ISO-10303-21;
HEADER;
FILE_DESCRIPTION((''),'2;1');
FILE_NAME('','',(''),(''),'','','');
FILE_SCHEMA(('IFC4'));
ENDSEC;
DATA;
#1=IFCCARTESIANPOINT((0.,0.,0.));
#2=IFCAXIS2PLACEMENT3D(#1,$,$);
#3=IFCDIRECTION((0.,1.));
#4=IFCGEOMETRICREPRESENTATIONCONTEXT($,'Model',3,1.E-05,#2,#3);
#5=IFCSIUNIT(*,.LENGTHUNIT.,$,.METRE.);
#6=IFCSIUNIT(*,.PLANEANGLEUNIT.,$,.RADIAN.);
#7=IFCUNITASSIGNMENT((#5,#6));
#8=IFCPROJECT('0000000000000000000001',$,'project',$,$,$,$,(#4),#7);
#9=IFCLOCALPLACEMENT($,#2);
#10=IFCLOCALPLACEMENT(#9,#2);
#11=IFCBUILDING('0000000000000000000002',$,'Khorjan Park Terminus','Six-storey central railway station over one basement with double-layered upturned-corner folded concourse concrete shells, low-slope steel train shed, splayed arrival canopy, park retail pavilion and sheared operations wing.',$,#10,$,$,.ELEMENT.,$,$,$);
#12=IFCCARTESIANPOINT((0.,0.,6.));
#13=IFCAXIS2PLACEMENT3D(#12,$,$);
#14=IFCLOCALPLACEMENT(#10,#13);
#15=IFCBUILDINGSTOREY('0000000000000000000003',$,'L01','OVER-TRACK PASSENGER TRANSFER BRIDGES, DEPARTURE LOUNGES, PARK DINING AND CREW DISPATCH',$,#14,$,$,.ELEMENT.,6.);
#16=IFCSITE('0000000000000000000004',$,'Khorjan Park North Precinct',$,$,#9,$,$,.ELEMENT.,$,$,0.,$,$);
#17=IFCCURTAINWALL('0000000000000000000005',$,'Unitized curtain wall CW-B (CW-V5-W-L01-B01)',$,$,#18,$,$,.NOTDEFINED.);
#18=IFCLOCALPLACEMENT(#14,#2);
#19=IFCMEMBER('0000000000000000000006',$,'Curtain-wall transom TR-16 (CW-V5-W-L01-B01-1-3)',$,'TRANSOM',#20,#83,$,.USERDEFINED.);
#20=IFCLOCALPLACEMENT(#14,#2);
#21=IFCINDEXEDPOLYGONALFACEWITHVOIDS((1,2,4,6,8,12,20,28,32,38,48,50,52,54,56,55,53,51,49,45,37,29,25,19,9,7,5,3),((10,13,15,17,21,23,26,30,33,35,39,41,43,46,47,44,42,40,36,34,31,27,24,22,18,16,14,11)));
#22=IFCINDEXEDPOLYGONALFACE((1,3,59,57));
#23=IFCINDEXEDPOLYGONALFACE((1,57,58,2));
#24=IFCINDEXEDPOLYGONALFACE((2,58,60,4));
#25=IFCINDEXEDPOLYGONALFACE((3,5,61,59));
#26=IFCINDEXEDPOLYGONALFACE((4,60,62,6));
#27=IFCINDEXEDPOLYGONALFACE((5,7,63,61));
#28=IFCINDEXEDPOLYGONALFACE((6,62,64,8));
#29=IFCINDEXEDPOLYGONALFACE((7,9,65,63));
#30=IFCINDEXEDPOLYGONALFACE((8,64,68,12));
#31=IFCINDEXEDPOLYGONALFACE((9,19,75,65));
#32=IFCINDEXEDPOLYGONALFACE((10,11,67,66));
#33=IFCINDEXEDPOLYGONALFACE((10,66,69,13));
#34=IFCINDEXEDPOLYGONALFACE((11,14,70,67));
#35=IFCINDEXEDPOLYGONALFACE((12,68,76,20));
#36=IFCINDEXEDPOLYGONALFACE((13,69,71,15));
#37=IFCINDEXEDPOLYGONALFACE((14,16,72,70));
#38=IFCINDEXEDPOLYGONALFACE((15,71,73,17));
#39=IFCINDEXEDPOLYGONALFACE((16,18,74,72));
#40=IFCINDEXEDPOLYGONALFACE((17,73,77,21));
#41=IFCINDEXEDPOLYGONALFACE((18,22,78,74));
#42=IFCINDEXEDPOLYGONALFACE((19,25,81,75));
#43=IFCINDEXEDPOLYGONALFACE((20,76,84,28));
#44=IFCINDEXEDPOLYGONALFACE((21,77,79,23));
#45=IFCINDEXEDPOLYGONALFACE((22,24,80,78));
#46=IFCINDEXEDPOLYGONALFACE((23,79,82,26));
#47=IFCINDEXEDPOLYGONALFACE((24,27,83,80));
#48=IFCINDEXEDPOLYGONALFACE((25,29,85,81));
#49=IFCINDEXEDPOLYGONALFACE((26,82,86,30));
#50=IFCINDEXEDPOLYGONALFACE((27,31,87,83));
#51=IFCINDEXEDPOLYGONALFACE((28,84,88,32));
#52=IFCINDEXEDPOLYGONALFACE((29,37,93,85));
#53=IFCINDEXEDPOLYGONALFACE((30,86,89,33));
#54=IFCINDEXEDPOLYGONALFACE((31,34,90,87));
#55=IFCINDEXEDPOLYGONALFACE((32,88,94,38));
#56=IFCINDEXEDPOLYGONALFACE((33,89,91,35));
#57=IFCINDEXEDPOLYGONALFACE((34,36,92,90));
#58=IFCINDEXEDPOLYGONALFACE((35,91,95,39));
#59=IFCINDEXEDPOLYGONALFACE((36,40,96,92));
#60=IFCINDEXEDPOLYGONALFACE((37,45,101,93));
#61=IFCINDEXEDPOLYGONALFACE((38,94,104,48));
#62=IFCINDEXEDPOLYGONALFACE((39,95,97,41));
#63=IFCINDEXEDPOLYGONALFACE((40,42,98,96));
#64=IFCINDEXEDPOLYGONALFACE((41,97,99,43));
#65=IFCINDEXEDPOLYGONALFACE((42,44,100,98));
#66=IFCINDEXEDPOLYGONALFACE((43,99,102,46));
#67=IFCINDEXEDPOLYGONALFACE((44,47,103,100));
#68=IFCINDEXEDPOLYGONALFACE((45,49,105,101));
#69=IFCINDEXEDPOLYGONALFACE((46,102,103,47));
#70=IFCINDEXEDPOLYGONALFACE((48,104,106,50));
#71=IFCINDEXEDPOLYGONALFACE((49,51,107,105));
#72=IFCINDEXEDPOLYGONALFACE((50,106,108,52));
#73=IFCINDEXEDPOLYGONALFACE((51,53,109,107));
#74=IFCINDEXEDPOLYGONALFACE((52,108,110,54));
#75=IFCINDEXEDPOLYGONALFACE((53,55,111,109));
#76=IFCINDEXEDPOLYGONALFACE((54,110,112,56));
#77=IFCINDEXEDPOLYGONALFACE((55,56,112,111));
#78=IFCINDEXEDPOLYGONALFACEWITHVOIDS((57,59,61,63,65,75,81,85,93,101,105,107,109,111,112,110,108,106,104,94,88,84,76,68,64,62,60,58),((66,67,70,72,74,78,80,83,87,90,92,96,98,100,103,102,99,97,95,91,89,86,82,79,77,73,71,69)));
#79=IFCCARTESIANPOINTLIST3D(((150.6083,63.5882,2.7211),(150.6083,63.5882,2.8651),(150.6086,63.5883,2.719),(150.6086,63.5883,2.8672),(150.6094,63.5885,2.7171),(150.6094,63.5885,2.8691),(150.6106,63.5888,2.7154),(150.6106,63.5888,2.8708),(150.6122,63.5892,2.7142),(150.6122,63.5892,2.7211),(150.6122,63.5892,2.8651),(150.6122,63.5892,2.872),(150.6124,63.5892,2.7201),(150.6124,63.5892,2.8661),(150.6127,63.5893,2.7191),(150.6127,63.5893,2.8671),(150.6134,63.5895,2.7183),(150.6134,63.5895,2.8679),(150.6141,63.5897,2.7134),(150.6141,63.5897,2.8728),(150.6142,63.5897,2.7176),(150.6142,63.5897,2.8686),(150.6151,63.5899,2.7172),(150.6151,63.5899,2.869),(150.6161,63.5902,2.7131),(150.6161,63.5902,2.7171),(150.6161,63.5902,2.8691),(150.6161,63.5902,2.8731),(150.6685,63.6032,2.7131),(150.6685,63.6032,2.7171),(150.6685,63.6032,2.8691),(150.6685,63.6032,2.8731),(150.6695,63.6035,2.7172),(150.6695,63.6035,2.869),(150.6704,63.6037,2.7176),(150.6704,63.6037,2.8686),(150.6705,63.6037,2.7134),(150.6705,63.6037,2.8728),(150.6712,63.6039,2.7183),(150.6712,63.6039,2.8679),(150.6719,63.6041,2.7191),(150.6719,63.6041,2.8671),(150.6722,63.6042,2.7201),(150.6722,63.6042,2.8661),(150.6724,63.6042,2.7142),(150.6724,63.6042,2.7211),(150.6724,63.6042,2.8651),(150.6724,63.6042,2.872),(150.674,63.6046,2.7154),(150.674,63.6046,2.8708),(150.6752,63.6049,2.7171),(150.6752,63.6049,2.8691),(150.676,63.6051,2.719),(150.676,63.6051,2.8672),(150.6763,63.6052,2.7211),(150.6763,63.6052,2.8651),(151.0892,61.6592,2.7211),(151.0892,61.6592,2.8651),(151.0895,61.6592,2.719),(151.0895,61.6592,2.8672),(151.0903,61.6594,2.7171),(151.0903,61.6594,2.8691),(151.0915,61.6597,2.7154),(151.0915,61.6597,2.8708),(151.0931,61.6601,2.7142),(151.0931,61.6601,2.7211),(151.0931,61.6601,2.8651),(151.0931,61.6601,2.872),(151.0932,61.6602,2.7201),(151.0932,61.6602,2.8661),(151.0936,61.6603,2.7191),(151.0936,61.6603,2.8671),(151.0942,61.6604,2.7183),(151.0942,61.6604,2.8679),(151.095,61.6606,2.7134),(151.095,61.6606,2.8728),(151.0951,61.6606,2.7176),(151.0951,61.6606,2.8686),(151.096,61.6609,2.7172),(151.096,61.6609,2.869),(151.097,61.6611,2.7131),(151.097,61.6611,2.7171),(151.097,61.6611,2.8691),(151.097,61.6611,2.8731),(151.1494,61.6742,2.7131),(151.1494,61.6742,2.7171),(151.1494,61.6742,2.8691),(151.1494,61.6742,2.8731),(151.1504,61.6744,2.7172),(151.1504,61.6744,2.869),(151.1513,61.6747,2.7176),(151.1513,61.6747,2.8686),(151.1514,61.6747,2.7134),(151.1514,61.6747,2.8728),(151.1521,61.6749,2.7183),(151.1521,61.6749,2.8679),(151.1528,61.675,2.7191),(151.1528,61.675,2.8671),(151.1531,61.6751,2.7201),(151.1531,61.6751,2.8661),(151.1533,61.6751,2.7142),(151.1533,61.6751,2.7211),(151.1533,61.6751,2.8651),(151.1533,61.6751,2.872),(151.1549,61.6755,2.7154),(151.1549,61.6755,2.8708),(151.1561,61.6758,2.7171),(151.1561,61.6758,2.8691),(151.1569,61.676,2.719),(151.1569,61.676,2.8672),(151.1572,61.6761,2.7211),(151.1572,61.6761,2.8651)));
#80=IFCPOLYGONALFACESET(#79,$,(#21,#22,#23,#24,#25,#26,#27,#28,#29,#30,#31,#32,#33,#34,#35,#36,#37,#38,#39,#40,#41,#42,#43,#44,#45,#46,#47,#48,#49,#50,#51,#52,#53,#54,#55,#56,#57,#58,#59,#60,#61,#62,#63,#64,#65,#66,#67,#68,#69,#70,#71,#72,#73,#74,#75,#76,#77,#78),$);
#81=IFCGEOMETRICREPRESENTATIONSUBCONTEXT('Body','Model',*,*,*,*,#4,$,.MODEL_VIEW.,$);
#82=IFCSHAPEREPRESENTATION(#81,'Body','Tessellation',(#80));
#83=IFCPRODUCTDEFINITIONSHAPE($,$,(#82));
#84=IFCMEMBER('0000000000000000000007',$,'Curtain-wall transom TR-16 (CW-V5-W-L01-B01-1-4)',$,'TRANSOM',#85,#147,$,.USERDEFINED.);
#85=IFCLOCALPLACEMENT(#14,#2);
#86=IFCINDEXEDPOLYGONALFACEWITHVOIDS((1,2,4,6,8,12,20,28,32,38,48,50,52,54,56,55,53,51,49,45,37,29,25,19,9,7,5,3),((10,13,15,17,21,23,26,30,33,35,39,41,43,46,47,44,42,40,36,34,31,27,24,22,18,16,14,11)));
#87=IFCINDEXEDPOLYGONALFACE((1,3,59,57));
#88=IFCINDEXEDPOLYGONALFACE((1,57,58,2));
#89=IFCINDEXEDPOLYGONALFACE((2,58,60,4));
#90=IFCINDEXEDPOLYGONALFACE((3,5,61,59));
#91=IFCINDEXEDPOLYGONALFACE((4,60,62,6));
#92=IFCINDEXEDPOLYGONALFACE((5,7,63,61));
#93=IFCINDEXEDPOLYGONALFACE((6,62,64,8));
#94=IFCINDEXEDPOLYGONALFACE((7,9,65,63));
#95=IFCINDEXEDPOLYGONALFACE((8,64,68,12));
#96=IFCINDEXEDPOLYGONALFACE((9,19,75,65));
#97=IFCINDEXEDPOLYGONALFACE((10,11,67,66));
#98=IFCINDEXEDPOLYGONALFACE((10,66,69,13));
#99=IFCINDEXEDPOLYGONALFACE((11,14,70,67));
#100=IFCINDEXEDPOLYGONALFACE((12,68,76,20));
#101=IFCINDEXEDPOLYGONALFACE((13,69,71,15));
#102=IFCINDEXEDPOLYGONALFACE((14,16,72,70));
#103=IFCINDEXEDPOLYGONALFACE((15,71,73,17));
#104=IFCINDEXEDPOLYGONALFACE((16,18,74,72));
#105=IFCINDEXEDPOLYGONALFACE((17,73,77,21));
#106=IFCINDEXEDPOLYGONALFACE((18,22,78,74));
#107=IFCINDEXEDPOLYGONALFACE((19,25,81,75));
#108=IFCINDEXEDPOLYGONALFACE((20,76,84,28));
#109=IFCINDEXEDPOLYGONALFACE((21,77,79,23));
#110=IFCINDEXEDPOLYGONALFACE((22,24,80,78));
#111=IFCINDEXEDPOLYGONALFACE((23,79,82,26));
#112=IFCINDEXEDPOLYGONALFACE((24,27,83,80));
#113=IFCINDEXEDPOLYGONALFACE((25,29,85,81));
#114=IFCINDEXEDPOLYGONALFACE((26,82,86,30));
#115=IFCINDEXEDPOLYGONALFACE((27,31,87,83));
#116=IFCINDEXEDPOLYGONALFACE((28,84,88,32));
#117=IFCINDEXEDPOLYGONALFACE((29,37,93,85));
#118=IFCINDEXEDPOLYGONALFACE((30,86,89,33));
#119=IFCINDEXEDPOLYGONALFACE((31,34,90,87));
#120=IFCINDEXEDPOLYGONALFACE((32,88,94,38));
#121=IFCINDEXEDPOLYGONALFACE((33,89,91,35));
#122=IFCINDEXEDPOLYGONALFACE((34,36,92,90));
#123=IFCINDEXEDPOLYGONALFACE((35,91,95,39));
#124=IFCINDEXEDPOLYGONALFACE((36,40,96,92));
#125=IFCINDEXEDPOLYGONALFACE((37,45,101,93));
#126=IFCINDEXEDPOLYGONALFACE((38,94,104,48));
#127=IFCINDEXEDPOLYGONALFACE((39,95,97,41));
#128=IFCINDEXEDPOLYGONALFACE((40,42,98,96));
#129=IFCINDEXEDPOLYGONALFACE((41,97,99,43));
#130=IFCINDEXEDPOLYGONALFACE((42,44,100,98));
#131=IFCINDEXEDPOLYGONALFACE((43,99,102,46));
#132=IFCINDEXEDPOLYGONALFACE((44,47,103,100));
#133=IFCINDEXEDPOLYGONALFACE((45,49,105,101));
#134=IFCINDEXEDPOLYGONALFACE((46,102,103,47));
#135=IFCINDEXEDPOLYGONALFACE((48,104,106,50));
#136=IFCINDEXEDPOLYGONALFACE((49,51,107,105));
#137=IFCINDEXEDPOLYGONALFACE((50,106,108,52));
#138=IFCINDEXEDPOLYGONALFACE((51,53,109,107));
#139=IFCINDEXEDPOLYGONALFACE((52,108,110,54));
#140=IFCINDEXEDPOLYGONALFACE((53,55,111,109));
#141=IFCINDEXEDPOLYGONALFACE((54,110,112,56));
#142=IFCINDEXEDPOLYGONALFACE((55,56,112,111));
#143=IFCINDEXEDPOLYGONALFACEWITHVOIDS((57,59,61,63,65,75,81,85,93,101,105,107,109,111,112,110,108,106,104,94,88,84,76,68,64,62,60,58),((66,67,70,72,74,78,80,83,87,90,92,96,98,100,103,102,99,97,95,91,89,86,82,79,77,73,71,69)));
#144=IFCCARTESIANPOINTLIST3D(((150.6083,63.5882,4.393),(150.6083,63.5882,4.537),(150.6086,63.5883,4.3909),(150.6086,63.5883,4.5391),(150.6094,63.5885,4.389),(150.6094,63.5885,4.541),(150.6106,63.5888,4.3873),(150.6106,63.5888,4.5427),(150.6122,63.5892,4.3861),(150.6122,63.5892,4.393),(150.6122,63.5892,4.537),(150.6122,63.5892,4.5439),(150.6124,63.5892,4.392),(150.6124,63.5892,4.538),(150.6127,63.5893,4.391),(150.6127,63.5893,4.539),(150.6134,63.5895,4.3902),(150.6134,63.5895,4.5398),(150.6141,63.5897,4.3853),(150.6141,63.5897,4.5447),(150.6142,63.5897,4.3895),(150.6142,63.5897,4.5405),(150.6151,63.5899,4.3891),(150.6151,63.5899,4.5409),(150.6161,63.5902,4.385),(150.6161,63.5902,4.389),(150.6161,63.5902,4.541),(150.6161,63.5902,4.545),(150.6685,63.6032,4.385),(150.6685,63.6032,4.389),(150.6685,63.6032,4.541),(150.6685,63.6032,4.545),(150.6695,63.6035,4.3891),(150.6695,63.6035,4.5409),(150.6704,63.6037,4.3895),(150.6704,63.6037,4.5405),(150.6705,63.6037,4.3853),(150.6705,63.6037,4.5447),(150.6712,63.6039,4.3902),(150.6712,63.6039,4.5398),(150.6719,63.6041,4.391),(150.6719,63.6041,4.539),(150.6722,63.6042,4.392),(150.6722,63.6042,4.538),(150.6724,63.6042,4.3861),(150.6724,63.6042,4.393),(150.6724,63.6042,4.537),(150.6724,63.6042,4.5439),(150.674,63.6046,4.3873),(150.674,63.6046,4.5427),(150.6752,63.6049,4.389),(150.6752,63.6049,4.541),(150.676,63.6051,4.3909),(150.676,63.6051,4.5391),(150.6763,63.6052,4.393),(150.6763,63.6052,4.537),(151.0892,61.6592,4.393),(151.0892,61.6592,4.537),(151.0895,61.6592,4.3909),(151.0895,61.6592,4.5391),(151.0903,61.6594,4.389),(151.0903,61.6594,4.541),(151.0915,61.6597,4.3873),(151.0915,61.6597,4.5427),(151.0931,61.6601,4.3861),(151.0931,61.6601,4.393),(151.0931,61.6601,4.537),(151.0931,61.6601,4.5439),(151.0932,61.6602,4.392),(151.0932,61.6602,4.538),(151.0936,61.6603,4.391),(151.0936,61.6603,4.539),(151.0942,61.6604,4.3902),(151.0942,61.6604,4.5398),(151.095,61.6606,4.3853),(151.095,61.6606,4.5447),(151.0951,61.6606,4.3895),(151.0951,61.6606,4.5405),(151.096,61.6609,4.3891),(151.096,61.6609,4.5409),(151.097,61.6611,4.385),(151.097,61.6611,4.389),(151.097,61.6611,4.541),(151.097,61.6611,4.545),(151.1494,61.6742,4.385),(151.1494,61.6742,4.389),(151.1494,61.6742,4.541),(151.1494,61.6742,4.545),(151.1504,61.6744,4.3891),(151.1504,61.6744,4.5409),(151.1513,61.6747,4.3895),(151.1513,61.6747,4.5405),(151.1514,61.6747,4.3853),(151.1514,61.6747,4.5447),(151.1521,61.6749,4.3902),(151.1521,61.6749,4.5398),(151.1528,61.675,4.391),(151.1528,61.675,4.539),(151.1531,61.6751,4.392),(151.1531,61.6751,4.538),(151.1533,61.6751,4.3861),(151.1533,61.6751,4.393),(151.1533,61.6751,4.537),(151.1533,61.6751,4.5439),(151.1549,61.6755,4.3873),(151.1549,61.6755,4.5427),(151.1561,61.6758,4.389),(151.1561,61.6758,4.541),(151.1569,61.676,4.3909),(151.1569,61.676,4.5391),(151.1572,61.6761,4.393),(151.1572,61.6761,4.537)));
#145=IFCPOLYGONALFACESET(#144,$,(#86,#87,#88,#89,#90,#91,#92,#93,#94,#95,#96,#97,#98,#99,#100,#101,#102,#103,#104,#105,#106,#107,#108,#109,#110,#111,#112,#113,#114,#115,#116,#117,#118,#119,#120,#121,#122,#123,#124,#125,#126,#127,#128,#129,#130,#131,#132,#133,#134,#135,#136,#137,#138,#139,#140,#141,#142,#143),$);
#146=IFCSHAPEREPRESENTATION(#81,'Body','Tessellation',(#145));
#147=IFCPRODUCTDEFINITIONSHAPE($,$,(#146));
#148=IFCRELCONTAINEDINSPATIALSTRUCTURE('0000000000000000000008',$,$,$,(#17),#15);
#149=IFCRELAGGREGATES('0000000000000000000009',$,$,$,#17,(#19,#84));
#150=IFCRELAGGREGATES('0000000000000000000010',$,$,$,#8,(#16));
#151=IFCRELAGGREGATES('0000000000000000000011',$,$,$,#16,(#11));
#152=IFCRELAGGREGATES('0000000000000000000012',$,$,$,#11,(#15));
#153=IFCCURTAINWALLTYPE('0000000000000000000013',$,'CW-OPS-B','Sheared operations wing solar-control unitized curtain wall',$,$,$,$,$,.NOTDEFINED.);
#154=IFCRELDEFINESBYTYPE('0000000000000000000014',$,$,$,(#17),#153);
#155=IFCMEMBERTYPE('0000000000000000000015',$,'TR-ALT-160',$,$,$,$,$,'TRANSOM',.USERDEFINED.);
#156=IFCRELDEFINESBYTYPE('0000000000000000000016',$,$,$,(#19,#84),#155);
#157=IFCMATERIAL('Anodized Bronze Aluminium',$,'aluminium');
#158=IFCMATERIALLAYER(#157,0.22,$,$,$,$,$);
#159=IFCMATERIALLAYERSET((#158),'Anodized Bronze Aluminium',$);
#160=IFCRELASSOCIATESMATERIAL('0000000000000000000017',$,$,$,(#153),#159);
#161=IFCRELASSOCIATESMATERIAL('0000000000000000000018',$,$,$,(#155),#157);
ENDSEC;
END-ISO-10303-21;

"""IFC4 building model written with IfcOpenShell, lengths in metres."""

from ifc_helpers import new_model, si_unit, direction, frame, origin, origin_2d, place, context, subcontext, project, spatial, hollow_rectangle, extrude, material, layer, layer_set, material_profile, profile_set, type_object, element, aggregate, save


model = new_model("IFC4")

# Units and contexts
model_context = context("Model", 3, precision=1e-05, world=origin(), true_north=direction((0.0, 1.0)))
body_context = subcontext(model_context, "Body", "Model", "MODEL_VIEW")
ifc_project = project(units=[si_unit("LENGTHUNIT", "METRE"), si_unit("PLANEANGLEUNIT", "RADIAN")], contexts=[model_context])

# Site, building, storey
site_placement = place(None, origin())
site = spatial("IfcSite", under=ifc_project, at=site_placement, Name="Khorjan Park North Precinct", CompositionType="ELEMENT", RefElevation=0.0)
building_placement = place(site_placement, origin())
building = spatial("IfcBuilding", under=site, at=building_placement, Name="Khorjan Park Terminus", Description="Six-storey central railway station over one basement with double-layered upturned-corner folded concourse concrete shells, low-slope steel train shed, splayed arrival canopy, park retail pavilion and sheared operations wing.", CompositionType="ELEMENT")
storey_placement = place(building_placement, frame((0.0, 0.0, 6.0)))
storey = spatial("IfcBuildingStorey", under=building, at=storey_placement, Name="L01", Description="OVER-TRACK PASSENGER TRANSFER BRIDGES, DEPARTURE LOUNGES, PARK DINING AND CREW DISPATCH", CompositionType="ELEMENT", Elevation=6.0)

# Curtain wall, members
ifc_material_1 = material(Name="Anodized Bronze Aluminium", Category="aluminium")
ifc_layer_1 = layer(ifc_material_1, 0.22)
ifc_layer_set_1 = layer_set([ifc_layer_1], Name="Anodized Bronze Aluminium")
curtain_wall_type = type_object("IfcCurtainWallType", Name="CW-OPS-B", Description="Sheared operations wing solar-control unitized curtain wall", PredefinedType="NOTDEFINED", material=ifc_layer_set_1)
curtain_wall_placement = place(storey_placement, origin())
curtain_wall = element("IfcCurtainWall", 1, at=curtain_wall_placement, inside=storey, type_object=curtain_wall_type, Name="Unitized curtain wall CW-B (CW-V5-W-L01-B01)", PredefinedType="NOTDEFINED")
ifc_material_profile_1 = material_profile(ifc_material_1, hollow_rectangle(XDim=0.07, YDim=0.16, WallThickness=0.004, InnerFilletRadius=0.004, OuterFilletRadius=0.008, at=origin_2d()), Name="ALT 70x160x4")
ifc_profile_set_1 = profile_set([ifc_material_profile_1], Name="Anodized Bronze Aluminium")
member_type_1 = type_object("IfcMemberType", Name="TR-ALT-160", ElementType="TRANSOM", PredefinedType="USERDEFINED", material=ifc_profile_set_1)
member_1_placement = place(storey_placement, frame((150.6423, 63.5967, 2.7931), z_axis=(0.241885, -0.970305, 0.0), x_axis=(0.970305, 0.241885, 0.0)))
member_1 = element("IfcMember", 2, at=member_1_placement, type_object=member_type_1, Name="Curtain-wall transom TR-16 (CW-V5-W-L01-B01-1-3)", ObjectType="TRANSOM", PredefinedType="USERDEFINED", context=body_context, shape_type="SweptSolid", body=[
    extrude(hollow_rectangle(XDim=0.07, YDim=0.16, WallThickness=0.004, InnerFilletRadius=0.004, OuterFilletRadius=0.008, at=origin_2d()), origin(), (0.0, 0.0, 1.0), 1.9881),
])
member_2_placement = place(storey_placement, frame((150.6423, 63.5967, 4.465), z_axis=(0.241885, -0.970305, 0.0), x_axis=(0.970305, 0.241885, 0.0)))
member_2 = element("IfcMember", 3, at=member_2_placement, type_object=member_type_1, Name="Curtain-wall transom TR-16 (CW-V5-W-L01-B01-1-4)", ObjectType="TRANSOM", PredefinedType="USERDEFINED", context=body_context, shape_type="SweptSolid", body=[
    extrude(hollow_rectangle(XDim=0.07, YDim=0.16, WallThickness=0.004, InnerFilletRadius=0.004, OuterFilletRadius=0.008, at=origin_2d()), origin(), (0.0, 0.0, 1.0), 1.9881),
])
aggregate(curtain_wall, [member_1, member_2])

save(model, "model.ifc")
